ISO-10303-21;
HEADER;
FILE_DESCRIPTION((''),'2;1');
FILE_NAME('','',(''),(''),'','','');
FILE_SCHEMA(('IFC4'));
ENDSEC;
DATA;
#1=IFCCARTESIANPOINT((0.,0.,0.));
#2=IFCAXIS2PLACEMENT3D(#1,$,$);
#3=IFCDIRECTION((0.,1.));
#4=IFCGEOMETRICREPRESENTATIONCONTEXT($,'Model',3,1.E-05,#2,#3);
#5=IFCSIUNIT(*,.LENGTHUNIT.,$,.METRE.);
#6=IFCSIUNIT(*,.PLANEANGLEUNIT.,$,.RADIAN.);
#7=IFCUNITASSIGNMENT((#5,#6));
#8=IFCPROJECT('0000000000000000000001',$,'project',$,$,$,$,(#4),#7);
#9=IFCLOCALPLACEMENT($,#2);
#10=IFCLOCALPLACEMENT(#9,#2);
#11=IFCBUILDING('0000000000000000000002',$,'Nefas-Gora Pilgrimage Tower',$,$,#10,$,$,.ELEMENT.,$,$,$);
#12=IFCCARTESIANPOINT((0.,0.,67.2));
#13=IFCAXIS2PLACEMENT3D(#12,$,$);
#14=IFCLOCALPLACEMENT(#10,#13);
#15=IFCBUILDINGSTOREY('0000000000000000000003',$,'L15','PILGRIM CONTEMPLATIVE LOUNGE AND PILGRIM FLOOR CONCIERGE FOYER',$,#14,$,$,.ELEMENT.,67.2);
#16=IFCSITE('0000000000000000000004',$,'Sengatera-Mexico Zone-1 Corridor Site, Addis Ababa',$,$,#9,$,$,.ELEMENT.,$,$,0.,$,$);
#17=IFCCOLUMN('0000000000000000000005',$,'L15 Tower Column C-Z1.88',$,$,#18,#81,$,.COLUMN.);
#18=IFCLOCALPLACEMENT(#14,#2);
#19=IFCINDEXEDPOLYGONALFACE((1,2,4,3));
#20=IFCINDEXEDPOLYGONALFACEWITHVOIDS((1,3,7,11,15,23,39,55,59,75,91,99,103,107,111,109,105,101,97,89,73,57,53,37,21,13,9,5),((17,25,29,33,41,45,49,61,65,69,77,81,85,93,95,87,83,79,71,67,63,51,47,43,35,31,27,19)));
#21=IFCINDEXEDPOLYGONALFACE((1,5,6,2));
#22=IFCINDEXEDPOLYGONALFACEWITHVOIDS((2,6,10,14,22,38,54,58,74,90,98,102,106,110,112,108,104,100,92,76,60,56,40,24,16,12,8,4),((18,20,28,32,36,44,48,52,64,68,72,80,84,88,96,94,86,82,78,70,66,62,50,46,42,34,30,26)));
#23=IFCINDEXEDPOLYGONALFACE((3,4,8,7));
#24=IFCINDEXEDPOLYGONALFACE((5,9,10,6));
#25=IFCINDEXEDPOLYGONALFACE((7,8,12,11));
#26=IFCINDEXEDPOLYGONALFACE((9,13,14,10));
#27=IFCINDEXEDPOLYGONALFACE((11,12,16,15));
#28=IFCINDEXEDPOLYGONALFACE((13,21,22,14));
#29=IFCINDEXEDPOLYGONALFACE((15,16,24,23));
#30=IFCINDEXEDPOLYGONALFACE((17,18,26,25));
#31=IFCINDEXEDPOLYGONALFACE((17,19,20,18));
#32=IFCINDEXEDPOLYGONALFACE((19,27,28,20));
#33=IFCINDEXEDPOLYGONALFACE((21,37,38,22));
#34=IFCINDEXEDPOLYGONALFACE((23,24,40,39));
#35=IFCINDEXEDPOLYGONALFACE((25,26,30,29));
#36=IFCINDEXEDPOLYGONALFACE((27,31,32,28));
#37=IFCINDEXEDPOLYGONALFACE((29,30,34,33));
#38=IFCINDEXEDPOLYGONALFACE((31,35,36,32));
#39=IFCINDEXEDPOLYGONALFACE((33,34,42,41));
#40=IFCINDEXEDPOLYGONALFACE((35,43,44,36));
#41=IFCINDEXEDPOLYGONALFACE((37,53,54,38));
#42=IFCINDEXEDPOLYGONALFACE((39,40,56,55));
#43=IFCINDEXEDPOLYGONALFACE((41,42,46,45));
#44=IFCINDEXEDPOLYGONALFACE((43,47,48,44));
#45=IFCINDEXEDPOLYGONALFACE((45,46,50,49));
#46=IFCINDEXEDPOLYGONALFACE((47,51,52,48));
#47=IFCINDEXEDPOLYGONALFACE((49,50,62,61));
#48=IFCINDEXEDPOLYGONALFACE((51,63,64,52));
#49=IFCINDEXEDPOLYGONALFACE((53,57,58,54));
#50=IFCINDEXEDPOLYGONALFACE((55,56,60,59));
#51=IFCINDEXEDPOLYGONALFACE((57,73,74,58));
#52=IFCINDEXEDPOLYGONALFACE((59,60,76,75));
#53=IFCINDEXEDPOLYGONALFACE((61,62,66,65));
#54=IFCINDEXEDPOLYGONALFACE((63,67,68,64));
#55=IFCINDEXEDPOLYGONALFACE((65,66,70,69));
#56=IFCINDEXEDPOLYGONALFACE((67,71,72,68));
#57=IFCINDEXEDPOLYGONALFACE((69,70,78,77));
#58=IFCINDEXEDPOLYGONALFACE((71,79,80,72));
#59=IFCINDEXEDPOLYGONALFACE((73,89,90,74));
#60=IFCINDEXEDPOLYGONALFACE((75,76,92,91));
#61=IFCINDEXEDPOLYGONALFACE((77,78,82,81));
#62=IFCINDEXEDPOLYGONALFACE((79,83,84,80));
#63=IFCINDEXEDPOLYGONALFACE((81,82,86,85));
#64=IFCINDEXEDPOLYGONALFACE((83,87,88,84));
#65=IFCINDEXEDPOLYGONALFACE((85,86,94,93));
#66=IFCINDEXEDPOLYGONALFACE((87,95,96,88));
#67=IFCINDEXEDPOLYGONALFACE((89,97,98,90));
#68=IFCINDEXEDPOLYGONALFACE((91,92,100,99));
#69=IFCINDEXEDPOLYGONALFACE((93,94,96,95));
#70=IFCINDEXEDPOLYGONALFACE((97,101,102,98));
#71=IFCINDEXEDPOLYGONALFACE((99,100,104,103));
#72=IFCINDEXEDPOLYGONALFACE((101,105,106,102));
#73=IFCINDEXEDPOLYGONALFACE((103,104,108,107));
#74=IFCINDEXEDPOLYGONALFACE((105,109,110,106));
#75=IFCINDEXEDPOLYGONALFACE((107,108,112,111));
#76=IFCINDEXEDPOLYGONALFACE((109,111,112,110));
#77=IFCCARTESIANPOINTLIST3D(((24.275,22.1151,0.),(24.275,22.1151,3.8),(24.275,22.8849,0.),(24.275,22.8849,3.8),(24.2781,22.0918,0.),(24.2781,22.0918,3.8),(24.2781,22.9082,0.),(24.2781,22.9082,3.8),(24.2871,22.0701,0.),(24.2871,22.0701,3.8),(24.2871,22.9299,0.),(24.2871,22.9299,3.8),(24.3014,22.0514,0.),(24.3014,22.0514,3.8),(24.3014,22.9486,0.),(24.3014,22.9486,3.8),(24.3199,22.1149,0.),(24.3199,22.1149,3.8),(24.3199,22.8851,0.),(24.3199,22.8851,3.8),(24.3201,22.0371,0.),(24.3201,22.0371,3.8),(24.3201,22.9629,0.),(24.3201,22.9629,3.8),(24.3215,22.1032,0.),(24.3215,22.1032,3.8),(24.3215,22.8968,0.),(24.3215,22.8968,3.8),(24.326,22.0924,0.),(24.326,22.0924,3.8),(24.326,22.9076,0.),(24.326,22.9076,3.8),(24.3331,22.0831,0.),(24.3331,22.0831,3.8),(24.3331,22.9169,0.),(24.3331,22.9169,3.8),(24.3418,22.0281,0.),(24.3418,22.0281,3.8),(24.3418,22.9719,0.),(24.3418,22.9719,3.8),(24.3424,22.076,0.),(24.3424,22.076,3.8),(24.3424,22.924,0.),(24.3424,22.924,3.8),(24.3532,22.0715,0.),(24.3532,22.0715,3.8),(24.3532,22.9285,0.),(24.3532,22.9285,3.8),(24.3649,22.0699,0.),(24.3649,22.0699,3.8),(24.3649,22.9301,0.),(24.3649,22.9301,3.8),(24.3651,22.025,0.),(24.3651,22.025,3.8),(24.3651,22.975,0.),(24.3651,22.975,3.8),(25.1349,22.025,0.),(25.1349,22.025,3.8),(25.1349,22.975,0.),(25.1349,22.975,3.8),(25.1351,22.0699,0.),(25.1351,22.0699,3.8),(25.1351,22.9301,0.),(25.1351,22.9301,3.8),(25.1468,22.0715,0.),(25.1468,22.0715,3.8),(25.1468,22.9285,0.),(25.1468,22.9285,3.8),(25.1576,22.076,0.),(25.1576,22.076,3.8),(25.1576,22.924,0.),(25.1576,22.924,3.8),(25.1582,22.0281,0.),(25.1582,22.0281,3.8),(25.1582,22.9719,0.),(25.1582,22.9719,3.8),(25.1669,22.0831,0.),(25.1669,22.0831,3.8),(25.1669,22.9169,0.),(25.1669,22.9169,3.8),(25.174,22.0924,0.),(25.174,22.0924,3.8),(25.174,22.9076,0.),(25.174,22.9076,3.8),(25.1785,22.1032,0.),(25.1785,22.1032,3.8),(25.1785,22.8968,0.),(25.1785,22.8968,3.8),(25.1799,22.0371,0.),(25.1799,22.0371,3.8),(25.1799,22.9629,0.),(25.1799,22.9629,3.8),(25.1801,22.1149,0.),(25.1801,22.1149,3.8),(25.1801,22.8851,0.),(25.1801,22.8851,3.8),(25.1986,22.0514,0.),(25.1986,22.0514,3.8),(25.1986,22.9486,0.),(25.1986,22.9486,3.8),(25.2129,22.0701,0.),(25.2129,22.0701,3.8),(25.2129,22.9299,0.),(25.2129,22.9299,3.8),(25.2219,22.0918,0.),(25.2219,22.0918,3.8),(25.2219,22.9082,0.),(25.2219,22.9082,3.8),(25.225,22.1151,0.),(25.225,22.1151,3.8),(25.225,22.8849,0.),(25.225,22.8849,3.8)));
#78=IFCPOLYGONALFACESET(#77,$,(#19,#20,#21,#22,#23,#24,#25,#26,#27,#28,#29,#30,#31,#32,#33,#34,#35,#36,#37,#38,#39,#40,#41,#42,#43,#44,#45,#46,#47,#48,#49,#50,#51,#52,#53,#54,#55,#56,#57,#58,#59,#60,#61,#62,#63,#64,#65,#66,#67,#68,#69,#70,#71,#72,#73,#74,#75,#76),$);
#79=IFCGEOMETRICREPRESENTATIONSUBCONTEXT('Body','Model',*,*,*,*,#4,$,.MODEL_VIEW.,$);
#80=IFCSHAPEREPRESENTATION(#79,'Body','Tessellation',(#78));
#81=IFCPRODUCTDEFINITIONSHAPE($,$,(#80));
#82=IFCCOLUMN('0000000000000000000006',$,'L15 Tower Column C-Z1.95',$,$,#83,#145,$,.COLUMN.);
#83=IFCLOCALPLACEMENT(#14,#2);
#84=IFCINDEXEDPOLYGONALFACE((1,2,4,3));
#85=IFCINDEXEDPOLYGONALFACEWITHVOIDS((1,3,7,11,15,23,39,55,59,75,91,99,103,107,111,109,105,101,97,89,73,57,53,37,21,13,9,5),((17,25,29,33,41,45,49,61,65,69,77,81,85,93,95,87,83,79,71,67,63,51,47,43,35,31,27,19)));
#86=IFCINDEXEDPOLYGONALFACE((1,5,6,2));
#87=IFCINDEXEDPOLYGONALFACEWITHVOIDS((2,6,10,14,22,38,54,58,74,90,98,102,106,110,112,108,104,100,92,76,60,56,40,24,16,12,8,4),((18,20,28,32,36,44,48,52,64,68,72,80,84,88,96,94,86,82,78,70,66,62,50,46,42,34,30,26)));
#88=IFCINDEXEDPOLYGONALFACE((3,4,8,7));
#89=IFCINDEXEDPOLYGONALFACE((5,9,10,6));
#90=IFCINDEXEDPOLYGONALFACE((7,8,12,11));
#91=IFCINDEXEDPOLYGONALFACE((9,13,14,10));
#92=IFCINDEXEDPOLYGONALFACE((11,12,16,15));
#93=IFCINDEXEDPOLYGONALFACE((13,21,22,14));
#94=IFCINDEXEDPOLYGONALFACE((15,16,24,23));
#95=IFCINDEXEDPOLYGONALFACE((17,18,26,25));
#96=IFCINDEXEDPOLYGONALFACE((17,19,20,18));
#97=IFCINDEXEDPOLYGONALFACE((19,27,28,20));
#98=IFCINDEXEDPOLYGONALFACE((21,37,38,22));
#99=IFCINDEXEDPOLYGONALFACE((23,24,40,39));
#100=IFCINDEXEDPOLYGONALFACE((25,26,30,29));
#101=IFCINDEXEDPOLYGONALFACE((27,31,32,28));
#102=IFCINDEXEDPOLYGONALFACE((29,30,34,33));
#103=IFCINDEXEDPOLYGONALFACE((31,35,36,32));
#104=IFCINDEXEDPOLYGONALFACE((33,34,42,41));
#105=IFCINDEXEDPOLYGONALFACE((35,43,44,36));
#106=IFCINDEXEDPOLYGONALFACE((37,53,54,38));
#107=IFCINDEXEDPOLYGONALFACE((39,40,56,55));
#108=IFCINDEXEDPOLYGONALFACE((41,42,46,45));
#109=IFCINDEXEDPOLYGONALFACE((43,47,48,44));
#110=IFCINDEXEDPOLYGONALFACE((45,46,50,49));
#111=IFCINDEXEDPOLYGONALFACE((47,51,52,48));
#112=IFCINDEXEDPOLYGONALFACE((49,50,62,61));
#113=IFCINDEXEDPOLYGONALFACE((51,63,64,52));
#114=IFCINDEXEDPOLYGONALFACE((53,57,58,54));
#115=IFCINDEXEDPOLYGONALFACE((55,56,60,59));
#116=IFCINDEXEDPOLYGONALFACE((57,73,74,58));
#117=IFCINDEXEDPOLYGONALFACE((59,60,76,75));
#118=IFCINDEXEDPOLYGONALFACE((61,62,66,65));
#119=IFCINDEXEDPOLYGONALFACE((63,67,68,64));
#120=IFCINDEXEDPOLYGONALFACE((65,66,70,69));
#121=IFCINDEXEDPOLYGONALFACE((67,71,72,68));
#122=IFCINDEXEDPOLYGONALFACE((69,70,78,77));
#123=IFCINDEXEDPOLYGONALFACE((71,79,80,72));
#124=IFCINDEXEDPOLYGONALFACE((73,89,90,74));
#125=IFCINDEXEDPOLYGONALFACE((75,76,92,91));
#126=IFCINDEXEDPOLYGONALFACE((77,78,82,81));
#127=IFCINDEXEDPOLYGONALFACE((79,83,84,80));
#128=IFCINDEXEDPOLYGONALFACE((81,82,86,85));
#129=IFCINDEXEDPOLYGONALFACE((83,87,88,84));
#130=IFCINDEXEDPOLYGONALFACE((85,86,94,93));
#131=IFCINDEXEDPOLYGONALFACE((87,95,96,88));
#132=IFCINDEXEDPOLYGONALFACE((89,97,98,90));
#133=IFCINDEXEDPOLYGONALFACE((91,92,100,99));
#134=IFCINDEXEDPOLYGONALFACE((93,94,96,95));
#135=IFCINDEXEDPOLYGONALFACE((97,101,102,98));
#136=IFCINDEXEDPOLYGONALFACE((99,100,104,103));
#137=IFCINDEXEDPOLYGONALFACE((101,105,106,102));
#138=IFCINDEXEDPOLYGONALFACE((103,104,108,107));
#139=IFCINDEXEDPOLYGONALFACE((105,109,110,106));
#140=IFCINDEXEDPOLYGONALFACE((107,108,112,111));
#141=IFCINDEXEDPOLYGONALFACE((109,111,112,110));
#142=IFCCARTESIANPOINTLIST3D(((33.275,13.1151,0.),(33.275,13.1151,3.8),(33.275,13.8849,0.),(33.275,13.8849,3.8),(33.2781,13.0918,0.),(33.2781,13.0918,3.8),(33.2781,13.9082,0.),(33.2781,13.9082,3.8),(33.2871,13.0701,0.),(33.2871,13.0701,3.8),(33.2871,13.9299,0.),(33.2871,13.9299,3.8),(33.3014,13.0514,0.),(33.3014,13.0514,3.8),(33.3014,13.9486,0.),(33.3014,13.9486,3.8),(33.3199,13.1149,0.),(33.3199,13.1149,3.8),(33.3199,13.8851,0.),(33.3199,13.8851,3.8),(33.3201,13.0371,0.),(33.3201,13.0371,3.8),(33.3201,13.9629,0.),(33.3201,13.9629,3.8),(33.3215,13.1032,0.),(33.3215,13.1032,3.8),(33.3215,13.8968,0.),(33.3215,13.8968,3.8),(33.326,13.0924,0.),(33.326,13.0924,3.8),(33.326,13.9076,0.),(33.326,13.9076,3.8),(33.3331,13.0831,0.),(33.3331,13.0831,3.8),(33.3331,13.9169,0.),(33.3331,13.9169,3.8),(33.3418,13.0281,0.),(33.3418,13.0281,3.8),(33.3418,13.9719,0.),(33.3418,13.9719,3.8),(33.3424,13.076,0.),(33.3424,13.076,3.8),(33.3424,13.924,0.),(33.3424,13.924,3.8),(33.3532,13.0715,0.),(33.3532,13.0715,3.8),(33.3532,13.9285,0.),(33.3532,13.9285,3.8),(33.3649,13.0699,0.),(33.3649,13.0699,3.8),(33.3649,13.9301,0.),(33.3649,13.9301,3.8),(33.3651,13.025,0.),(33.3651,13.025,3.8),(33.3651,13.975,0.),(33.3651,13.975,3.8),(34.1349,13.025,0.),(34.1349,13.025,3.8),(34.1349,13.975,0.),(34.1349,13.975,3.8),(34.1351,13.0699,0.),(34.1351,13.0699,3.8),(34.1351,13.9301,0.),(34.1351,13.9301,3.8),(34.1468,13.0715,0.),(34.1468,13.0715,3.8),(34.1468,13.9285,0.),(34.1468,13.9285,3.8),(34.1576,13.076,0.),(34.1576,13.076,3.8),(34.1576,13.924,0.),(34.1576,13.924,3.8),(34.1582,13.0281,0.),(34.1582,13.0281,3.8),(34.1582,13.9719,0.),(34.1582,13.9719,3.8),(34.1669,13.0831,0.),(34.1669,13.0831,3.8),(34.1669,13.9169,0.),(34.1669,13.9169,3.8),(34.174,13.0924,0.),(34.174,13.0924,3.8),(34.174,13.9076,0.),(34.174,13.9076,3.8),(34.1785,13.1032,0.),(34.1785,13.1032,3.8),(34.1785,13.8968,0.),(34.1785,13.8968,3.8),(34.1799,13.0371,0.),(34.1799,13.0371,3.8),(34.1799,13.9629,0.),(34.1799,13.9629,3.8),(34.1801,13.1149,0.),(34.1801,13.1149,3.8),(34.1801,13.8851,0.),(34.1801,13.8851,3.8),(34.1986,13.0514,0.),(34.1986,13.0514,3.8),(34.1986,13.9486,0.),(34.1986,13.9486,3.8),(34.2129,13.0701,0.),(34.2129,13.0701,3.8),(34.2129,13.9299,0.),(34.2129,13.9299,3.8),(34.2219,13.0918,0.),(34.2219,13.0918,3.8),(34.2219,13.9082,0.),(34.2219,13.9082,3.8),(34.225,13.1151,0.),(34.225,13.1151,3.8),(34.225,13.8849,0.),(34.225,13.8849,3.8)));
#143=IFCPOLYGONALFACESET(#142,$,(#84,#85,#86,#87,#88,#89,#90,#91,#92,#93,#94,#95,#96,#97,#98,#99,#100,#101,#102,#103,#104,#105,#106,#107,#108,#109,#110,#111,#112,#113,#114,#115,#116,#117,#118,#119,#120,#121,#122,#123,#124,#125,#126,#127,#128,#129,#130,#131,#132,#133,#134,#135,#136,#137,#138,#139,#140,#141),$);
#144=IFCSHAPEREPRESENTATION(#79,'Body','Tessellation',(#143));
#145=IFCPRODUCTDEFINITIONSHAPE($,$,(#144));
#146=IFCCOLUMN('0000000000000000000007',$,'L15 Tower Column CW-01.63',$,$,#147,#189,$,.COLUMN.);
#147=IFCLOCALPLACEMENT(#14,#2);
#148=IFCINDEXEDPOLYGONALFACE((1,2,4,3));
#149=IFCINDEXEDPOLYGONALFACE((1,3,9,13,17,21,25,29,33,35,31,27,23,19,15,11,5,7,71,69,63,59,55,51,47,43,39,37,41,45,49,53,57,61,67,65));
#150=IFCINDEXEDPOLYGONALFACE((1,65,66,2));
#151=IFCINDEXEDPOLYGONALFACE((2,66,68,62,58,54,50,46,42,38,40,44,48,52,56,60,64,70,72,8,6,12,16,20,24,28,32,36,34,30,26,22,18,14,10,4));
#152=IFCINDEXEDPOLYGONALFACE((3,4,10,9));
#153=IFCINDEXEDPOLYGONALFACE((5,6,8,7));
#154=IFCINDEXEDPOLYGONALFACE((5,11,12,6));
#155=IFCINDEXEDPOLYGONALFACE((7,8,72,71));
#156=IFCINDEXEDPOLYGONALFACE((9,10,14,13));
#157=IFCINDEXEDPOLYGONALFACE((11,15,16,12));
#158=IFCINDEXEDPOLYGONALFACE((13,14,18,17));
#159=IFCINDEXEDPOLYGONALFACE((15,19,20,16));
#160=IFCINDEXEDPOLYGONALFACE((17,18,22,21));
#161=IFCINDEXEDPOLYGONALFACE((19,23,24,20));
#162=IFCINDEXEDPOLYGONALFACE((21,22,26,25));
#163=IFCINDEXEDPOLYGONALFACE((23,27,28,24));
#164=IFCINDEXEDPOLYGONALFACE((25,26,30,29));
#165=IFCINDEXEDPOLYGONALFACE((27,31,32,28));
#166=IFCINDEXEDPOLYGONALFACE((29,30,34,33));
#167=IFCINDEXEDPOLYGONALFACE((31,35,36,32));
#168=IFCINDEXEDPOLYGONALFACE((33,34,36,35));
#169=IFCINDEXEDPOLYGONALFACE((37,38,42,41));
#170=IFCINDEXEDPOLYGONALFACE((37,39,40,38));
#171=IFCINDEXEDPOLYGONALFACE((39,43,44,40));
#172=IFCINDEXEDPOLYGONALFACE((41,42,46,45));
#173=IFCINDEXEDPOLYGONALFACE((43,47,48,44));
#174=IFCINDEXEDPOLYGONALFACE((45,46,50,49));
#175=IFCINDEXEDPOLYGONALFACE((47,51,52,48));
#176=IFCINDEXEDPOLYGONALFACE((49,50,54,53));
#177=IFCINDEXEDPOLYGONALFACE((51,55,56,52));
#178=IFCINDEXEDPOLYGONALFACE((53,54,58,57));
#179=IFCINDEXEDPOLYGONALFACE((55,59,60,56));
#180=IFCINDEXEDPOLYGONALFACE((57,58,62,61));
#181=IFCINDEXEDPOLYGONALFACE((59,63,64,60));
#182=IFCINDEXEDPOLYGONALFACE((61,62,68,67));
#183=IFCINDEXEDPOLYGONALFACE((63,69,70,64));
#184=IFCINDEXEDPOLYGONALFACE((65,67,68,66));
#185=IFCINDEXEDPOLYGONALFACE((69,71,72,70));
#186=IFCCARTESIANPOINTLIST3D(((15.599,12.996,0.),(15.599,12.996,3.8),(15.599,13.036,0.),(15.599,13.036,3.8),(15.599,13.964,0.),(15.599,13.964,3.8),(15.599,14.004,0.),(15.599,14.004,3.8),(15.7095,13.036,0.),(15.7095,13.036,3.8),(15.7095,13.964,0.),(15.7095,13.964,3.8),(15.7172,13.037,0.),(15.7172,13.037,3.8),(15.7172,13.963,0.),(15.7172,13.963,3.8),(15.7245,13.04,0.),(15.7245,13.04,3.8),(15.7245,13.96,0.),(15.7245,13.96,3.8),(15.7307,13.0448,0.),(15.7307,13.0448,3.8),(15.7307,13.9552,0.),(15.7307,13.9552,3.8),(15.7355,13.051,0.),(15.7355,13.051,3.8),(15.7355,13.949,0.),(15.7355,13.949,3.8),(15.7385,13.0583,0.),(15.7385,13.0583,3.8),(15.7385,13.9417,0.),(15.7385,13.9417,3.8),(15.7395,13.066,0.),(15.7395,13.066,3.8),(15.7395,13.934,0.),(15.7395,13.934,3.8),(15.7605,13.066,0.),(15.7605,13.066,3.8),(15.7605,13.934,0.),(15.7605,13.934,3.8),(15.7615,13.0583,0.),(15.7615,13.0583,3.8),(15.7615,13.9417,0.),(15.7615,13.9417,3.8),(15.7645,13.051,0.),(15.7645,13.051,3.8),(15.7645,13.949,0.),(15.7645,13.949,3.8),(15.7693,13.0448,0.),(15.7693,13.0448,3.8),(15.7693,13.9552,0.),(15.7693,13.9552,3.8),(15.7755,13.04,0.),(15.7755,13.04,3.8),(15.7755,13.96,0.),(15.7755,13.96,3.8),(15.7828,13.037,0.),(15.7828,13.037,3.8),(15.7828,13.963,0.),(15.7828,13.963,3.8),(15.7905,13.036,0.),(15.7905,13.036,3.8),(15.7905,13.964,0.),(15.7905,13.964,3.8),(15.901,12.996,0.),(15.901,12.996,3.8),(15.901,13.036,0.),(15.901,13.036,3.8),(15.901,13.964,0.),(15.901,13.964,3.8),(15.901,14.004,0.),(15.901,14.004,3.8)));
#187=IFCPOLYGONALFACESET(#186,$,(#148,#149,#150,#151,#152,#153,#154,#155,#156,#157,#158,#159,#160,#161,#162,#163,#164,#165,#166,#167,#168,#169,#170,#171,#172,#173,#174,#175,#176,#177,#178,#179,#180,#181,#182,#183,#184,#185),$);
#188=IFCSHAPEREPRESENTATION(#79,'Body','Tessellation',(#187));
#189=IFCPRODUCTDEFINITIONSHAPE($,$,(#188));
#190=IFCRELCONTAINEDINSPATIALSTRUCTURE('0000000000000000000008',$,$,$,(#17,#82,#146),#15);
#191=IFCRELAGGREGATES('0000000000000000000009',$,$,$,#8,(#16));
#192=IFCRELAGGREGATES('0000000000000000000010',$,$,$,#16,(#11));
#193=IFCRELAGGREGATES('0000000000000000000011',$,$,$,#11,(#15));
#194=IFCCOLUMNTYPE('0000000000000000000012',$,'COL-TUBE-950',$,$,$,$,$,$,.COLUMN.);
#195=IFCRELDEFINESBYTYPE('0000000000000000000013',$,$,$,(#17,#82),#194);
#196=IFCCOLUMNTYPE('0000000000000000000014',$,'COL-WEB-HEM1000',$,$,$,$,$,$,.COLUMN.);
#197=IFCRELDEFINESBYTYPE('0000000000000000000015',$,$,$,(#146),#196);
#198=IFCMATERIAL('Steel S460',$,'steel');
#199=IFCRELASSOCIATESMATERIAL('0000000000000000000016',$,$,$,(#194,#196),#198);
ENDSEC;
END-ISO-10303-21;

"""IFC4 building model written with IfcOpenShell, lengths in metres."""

from ifc_helpers import new_model, si_unit, direction, frame, origin, origin_2d, place, context, subcontext, project, spatial, hollow_rectangle, i_section, extrude, source, transform, mapped, material, material_profile, profile_set, type_object, element, save


model = new_model("IFC4")

# Units and contexts
model_context = context("Model", 3, precision=1e-05, world=origin(), true_north=direction((0.0, 1.0)))
body_context = subcontext(model_context, "Body", "Model", "MODEL_VIEW")
ifc_project = project(units=[si_unit("LENGTHUNIT", "METRE"), si_unit("PLANEANGLEUNIT", "RADIAN")], contexts=[model_context])

# Site, building, storey
site_placement = place(None, origin())
site = spatial("IfcSite", under=ifc_project, at=site_placement, Name="Sengatera-Mexico Zone-1 Corridor Site, Addis Ababa", CompositionType="ELEMENT", RefElevation=0.0)
building_placement = place(site_placement, origin())
building = spatial("IfcBuilding", under=site, at=building_placement, Name="Nefas-Gora Pilgrimage Tower", CompositionType="ELEMENT")
storey_placement = place(building_placement, frame((0.0, 0.0, 67.2)))
storey = spatial("IfcBuildingStorey", under=building, at=storey_placement, Name="L15", Description="PILGRIM CONTEMPLATIVE LOUNGE AND PILGRIM FLOOR CONCIERGE FOYER", CompositionType="ELEMENT", Elevation=67.2)

# Columns
ifc_material_1 = material(Name="Steel S460", Category="steel")
ifc_material_profile_1 = material_profile(ifc_material_1, hollow_rectangle(XDim=0.95, YDim=0.95, WallThickness=0.0449, InnerFilletRadius=0.0449, OuterFilletRadius=0.0901, at=origin_2d()), Name="BOX 950x950x45")
ifc_profile_set_1 = profile_set([ifc_material_profile_1], Name="Steel S460")
column_type_1 = type_object("IfcColumnType", Name="COL-TUBE-950", PredefinedType="COLUMN", material=ifc_profile_set_1)
shared_shape_1 = source(origin(), body_context, "Body", "SweptSolid", [
    extrude(hollow_rectangle(XDim=0.95, YDim=0.95, WallThickness=0.0449, InnerFilletRadius=0.0449, OuterFilletRadius=0.0901, at=origin_2d()), origin(), (0.0, 0.0, 1.0), 3.8),
])
for number, where, z_axis, x_axis, name in (
    (1, (24.75, 22.5, 0.0), (0.0, 0.0, 1.0), (1.0, 0.0, 0.0), "L15 Tower Column C-Z1.88"),
    (2, (33.75, 13.5, 0.0), (0.0, 0.0, 1.0), (1.0, 0.0, 0.0), "L15 Tower Column C-Z1.95"),
):
    element("IfcColumn", number, at=place(storey_placement, frame(where, z_axis=z_axis, x_axis=x_axis)), inside=storey, type_object=column_type_1, Name=name, PredefinedType="COLUMN", context=body_context, shape_type="MappedRepresentation", body=[
        mapped(shared_shape_1, transform((0.0, 0.0, 0.0), x_axis=(1.0, 0.0, 0.0), y_axis=(0.0, 1.0, 0.0), z_axis=(0.0, 0.0, 1.0), scale=1.0)),
    ])
ifc_material_profile_2 = material_profile(ifc_material_1, i_section(OverallWidth=0.302, OverallDepth=1.0081, WebThickness=0.021, FlangeThickness=0.04, FilletRadius=0.03, at=origin_2d()), Name="HEM 1000")
ifc_profile_set_2 = profile_set([ifc_material_profile_2], Name="Steel S460")
column_type_2 = type_object("IfcColumnType", Name="COL-WEB-HEM1000", PredefinedType="COLUMN", material=ifc_profile_set_2)
shared_shape_2 = source(origin(), body_context, "Body", "SweptSolid", [
    extrude(i_section(OverallWidth=0.302, OverallDepth=1.0081, WebThickness=0.021, FlangeThickness=0.04, FilletRadius=0.03, at=origin_2d()), origin(), (0.0, 0.0, 1.0), 3.8),
])
for number, where, z_axis, x_axis, name in (
    (3, (15.75, 13.5, 0.0), (0.0, 0.0, 1.0), (1.0, 0.0, 0.0), "L15 Tower Column CW-01.63"),
):
    element("IfcColumn", number, at=place(storey_placement, frame(where, z_axis=z_axis, x_axis=x_axis)), inside=storey, type_object=column_type_2, Name=name, PredefinedType="COLUMN", context=body_context, shape_type="MappedRepresentation", body=[
        mapped(shared_shape_2, transform((0.0, 0.0, 0.0), x_axis=(1.0, 0.0, 0.0), y_axis=(0.0, 1.0, 0.0), z_axis=(0.0, 0.0, 1.0), scale=1.0)),
    ])

save(model, "model.ifc")
